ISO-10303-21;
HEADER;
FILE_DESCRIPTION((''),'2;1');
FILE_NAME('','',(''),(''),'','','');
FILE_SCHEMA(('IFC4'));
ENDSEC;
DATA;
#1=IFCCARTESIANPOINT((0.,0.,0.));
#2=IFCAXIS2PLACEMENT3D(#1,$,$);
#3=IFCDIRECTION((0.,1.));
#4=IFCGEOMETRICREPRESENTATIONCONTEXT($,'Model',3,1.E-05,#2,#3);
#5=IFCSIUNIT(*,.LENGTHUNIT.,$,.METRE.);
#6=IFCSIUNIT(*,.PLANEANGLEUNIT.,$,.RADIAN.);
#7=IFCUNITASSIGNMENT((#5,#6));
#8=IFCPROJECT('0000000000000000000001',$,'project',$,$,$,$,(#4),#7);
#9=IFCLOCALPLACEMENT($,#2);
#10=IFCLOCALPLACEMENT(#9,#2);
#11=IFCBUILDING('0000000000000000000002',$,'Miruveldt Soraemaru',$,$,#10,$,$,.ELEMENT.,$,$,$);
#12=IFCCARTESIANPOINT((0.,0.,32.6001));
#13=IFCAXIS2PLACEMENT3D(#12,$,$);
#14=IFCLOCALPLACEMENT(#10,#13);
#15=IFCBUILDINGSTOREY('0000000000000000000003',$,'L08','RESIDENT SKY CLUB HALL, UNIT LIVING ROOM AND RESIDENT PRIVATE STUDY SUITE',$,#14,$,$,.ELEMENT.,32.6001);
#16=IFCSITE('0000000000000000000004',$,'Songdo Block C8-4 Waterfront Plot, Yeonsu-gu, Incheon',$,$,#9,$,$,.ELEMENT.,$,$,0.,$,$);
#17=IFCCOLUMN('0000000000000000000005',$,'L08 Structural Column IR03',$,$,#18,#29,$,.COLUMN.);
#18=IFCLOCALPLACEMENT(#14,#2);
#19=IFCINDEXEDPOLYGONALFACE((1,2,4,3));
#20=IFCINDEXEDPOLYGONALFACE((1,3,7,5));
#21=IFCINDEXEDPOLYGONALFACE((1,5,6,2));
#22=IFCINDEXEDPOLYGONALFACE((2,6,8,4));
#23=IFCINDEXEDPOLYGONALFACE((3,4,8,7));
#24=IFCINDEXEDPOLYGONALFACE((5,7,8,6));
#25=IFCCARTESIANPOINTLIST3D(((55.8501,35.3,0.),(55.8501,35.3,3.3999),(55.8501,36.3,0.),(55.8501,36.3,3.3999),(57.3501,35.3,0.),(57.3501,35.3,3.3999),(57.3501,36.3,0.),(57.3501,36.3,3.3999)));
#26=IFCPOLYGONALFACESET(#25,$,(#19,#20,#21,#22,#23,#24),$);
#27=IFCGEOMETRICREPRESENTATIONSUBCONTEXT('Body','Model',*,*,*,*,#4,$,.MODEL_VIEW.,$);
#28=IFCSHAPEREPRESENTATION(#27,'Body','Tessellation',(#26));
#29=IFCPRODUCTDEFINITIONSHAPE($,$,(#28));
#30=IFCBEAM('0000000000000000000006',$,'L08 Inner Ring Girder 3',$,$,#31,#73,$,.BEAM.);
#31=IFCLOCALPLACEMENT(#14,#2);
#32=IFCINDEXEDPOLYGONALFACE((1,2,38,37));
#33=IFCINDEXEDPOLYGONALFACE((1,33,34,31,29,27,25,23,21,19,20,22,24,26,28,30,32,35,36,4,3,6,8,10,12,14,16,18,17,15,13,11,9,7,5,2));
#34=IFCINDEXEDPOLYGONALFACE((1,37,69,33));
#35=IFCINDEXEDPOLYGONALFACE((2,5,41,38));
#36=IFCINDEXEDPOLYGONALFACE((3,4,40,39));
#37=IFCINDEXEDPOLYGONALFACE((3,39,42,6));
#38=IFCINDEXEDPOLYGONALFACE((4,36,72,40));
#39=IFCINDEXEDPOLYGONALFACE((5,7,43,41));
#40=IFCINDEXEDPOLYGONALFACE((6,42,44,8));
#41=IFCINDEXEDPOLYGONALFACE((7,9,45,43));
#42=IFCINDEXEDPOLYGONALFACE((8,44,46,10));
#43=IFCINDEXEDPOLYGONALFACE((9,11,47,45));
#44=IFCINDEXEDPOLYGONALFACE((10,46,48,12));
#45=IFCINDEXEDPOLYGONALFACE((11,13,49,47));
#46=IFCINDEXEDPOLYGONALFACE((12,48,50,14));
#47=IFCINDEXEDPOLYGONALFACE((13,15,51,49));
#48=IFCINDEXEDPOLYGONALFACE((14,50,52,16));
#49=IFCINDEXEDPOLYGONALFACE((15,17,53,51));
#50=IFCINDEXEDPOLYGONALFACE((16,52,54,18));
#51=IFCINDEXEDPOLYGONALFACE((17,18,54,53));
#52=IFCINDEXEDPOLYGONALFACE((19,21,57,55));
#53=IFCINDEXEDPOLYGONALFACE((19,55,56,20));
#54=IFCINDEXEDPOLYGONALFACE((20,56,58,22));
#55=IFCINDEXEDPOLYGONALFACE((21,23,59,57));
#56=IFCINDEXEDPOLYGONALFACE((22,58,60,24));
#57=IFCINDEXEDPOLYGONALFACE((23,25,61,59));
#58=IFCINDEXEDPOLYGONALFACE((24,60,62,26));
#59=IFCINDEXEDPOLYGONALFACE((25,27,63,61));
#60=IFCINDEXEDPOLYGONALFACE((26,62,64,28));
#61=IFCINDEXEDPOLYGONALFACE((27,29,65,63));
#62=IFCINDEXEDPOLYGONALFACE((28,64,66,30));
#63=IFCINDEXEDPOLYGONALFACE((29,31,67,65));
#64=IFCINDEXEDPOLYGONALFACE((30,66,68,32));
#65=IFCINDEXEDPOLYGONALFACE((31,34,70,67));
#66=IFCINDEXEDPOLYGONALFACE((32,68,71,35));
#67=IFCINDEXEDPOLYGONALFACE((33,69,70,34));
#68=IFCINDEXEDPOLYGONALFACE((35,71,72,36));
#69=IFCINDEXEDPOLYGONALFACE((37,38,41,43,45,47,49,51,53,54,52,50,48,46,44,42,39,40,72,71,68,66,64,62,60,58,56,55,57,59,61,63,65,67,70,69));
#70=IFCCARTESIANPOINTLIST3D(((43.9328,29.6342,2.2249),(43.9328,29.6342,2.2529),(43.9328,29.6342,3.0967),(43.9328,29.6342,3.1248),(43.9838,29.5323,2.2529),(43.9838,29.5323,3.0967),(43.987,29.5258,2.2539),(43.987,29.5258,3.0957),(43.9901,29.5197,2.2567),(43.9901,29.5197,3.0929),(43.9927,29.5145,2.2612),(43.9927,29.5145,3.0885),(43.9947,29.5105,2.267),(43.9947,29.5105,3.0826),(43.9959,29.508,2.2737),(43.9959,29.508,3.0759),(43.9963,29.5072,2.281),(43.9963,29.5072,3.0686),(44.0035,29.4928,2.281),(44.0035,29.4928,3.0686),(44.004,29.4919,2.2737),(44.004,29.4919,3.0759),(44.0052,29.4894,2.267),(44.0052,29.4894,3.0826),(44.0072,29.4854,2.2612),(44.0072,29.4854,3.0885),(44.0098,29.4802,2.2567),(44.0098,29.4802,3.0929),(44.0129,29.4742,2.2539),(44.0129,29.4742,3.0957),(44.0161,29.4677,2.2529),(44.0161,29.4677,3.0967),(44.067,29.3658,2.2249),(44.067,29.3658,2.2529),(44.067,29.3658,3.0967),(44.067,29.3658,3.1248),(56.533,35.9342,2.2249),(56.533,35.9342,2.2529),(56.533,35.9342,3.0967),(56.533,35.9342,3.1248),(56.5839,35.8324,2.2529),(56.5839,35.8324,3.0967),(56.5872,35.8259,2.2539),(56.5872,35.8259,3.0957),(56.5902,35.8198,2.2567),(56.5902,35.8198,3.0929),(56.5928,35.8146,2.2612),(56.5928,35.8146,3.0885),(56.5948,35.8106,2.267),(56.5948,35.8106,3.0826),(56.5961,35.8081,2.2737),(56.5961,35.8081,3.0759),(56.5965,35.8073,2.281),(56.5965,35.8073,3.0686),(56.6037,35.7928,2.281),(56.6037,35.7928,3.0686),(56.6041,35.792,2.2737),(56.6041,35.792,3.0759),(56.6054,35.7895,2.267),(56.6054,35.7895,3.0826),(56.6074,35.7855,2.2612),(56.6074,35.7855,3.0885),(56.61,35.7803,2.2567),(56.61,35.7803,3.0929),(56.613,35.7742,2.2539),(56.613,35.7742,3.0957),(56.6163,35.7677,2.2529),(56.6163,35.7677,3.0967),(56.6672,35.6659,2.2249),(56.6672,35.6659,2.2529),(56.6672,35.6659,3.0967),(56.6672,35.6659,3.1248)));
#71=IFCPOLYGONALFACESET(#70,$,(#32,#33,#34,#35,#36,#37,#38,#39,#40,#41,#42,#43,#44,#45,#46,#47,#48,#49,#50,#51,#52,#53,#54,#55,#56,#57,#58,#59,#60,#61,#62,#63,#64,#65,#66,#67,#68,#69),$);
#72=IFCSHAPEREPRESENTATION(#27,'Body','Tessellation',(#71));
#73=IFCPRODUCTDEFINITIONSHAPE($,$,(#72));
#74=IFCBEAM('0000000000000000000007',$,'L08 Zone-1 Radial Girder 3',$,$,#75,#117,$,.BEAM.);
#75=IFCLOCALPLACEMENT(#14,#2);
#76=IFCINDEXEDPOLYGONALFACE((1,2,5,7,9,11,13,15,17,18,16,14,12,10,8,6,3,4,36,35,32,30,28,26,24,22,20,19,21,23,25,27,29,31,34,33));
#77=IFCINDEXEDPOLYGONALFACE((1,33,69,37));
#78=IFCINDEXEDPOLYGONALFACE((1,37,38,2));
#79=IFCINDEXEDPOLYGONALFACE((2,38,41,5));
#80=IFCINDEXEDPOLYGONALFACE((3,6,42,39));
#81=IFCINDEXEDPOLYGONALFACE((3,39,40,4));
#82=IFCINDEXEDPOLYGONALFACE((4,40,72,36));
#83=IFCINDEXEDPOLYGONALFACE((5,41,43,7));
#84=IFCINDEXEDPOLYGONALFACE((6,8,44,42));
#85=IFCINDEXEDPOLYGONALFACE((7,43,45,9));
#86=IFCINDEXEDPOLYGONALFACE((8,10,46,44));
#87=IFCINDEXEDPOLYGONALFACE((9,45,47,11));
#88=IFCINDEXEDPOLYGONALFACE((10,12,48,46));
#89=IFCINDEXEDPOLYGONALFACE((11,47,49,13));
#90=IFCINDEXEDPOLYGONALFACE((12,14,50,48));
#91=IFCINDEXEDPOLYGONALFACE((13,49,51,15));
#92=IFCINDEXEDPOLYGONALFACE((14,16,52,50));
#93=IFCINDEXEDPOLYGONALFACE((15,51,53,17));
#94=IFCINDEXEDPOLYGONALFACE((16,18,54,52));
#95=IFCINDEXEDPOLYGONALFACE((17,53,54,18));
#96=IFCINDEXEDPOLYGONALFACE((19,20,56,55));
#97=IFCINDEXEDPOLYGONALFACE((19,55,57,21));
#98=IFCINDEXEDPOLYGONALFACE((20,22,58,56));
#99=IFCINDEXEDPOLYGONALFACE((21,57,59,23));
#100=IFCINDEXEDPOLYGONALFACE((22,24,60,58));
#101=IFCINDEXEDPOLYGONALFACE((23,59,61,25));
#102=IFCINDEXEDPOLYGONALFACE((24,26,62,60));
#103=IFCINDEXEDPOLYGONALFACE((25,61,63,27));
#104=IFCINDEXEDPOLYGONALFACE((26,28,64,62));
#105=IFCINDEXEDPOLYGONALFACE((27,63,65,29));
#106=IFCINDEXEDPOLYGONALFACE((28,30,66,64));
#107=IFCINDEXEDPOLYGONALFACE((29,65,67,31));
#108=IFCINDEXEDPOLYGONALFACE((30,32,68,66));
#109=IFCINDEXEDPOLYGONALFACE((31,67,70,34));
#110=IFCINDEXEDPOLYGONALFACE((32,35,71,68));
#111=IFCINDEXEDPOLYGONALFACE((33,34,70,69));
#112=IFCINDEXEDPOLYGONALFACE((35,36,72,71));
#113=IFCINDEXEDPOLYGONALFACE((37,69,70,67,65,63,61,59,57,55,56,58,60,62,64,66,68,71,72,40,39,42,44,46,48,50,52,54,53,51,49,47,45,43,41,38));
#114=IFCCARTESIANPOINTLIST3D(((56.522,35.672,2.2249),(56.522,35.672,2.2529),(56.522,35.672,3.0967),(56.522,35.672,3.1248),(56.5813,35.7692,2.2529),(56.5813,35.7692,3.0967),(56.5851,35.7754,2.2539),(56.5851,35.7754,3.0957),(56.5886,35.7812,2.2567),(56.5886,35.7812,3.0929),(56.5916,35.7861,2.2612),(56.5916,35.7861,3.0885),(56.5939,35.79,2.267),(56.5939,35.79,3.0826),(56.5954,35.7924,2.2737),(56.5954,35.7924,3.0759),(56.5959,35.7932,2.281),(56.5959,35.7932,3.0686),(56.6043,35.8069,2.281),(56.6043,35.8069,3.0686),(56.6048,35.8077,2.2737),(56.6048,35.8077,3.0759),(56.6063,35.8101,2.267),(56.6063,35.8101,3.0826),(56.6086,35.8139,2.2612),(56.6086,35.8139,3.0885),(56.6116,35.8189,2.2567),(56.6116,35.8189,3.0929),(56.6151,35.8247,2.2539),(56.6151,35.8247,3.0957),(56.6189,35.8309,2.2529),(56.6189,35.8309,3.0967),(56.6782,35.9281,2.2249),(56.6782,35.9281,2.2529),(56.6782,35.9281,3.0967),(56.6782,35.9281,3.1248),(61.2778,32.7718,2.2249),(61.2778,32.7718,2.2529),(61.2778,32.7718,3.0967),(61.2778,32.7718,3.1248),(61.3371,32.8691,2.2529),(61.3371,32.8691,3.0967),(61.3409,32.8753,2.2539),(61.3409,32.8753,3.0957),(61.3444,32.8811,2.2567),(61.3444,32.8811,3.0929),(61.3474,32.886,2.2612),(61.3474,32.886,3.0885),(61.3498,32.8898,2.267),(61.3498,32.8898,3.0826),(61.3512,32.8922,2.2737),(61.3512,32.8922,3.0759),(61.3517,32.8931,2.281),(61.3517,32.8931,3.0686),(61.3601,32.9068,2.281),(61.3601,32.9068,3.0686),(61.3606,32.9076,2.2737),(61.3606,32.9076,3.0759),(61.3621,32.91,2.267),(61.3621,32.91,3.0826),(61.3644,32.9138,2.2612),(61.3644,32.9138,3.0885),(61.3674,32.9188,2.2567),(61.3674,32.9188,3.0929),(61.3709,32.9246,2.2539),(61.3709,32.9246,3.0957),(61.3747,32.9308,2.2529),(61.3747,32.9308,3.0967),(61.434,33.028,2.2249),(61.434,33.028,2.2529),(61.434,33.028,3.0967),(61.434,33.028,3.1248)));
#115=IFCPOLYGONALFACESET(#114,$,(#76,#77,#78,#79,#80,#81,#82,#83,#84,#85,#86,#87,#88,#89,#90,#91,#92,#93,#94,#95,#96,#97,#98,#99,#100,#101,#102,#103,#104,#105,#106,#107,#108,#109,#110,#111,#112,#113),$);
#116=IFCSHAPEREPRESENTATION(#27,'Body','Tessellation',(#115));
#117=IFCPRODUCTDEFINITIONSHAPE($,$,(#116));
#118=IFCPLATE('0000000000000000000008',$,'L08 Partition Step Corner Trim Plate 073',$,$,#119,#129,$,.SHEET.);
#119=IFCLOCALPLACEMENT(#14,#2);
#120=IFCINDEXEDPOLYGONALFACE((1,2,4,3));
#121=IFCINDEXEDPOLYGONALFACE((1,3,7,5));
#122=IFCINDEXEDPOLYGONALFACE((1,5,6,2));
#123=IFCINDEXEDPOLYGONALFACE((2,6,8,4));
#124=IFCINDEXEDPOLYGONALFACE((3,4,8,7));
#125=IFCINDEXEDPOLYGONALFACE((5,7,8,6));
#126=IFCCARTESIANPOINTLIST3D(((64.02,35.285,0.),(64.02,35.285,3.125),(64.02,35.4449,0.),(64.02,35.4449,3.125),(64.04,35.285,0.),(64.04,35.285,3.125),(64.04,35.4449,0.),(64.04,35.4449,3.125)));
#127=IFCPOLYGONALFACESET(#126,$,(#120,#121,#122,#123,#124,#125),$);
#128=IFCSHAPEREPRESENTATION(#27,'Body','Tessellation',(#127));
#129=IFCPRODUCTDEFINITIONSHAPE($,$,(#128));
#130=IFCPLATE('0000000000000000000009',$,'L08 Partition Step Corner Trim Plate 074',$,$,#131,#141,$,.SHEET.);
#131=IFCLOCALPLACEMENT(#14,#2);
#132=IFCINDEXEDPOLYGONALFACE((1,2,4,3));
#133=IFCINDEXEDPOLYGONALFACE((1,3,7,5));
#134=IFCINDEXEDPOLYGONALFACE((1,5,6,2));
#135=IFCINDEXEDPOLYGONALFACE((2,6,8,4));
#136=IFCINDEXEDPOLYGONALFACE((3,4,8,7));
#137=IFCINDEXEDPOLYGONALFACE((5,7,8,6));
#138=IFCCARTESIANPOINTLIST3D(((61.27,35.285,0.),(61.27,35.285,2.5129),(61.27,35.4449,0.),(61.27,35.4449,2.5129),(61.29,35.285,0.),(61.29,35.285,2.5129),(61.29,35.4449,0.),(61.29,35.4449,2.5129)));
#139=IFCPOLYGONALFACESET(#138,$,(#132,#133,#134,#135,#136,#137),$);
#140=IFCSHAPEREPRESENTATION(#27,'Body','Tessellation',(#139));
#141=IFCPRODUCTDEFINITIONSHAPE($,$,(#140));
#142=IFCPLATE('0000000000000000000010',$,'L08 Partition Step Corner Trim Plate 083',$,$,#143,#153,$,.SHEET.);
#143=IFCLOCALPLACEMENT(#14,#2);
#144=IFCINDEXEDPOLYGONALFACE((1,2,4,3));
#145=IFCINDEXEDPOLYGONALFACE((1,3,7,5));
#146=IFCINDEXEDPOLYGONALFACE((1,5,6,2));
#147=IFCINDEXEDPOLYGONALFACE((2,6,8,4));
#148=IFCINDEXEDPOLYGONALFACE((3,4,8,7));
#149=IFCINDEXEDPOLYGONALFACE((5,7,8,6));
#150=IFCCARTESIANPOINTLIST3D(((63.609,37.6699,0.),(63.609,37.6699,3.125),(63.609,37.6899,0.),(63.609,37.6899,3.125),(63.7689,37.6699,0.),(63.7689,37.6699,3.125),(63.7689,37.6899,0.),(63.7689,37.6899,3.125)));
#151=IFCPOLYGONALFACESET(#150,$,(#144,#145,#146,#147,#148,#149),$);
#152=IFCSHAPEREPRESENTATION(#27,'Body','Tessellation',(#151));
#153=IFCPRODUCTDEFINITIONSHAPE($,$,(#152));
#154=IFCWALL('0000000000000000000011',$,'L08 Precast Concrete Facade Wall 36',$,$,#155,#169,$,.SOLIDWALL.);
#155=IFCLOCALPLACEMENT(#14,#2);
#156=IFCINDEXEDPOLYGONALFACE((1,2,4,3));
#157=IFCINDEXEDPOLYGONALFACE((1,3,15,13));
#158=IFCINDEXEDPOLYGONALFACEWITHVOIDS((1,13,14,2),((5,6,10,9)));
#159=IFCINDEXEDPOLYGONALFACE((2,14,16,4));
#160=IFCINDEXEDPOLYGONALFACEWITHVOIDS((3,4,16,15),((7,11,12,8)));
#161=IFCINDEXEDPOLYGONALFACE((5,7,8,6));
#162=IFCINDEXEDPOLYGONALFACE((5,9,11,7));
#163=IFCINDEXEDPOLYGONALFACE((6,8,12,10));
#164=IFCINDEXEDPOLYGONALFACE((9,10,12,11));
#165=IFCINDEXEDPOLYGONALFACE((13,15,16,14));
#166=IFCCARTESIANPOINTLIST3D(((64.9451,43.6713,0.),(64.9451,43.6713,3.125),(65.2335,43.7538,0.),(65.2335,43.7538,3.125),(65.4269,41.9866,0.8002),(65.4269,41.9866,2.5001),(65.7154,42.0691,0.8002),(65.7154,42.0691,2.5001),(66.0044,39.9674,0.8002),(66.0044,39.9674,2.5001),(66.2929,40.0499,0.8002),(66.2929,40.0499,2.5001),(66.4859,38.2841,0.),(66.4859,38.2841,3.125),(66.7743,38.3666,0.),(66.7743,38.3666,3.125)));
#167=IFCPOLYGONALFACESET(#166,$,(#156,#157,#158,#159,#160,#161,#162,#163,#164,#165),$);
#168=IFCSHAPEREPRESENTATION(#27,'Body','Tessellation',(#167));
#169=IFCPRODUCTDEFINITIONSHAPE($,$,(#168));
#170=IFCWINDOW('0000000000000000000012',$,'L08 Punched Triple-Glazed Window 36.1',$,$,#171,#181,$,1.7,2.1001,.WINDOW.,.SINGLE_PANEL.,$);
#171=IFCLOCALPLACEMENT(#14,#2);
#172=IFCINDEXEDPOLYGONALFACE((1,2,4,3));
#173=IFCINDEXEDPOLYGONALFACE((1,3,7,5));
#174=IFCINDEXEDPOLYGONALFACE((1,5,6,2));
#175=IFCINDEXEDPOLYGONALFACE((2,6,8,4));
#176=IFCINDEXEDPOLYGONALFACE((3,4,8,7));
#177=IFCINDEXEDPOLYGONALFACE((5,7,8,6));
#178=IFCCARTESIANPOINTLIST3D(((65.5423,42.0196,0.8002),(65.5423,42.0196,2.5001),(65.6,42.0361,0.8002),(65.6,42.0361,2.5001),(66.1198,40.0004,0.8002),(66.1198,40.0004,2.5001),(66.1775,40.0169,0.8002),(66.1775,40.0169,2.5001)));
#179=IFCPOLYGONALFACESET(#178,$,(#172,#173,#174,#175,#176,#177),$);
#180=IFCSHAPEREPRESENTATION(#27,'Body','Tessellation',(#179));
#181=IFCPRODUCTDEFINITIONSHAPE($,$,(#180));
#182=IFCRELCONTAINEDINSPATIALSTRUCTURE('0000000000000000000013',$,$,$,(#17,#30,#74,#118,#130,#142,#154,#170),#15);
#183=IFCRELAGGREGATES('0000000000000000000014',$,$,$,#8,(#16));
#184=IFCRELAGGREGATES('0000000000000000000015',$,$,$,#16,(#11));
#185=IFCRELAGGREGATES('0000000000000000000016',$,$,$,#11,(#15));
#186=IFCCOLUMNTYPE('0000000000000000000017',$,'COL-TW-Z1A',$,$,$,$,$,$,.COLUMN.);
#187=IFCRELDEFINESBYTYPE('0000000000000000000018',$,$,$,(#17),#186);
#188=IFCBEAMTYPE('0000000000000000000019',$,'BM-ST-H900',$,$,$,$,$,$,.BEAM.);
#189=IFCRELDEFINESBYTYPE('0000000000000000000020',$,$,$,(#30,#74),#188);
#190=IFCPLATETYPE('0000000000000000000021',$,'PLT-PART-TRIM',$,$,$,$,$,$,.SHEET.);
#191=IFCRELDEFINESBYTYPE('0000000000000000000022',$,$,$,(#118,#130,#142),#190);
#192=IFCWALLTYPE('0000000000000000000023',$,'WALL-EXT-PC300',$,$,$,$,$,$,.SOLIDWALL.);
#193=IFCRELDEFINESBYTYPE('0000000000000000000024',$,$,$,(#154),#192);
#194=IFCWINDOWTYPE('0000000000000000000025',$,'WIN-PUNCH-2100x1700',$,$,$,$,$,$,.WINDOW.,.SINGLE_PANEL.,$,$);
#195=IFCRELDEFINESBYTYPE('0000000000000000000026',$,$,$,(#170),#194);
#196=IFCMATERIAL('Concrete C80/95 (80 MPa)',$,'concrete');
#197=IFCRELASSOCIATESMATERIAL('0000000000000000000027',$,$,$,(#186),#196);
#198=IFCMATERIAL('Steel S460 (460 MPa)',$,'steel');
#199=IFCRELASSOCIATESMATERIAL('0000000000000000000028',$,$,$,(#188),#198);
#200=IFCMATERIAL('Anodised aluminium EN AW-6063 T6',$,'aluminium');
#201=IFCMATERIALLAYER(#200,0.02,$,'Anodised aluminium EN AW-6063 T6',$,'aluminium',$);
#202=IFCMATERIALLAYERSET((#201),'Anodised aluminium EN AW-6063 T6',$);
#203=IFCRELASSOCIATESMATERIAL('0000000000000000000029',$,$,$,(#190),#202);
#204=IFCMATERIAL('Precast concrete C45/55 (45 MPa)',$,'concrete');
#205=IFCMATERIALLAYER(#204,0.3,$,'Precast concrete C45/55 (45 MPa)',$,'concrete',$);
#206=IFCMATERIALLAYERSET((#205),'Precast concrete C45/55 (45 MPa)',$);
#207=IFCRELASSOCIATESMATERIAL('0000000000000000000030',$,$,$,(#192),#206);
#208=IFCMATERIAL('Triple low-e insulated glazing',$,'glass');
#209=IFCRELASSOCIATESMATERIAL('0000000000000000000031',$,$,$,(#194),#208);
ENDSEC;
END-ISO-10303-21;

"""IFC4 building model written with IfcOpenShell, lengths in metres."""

from ifc_helpers import new_model, si_unit, direction, frame, frame_2d, origin, origin_2d, place, context, subcontext, project, spatial, rectangle, i_section, extrude, material, layer, layer_set, material_profile, profile_set, type_object, element, fill, save


model = new_model("IFC4")

# Units and contexts
model_context = context("Model", 3, precision=1e-05, world=origin(), true_north=direction((0.0, 1.0)))
body_context = subcontext(model_context, "Body", "Model", "MODEL_VIEW")
ifc_project = project(units=[si_unit("LENGTHUNIT", "METRE"), si_unit("PLANEANGLEUNIT", "RADIAN")], contexts=[model_context])

# Site, building, storey
site_placement = place(None, origin())
site = spatial("IfcSite", under=ifc_project, at=site_placement, Name="Songdo Block C8-4 Waterfront Plot, Yeonsu-gu, Incheon", CompositionType="ELEMENT", RefElevation=0.0)
building_placement = place(site_placement, origin())
building = spatial("IfcBuilding", under=site, at=building_placement, Name="Miruveldt Soraemaru", CompositionType="ELEMENT")
storey_placement = place(building_placement, frame((0.0, 0.0, 32.6001)))
storey = spatial("IfcBuildingStorey", under=building, at=storey_placement, Name="L08", Description="RESIDENT SKY CLUB HALL, UNIT LIVING ROOM AND RESIDENT PRIVATE STUDY SUITE", CompositionType="ELEMENT", Elevation=32.6001)

# Column
ifc_material_1 = material(Name="Concrete C80/95 (80 MPa)", Category="concrete")
ifc_material_profile_1 = material_profile(ifc_material_1, rectangle(XDim=1.5, YDim=1.0, at=origin_2d()), Name="Concrete C80/95 (80 MPa)", Category="concrete")
ifc_profile_set_1 = profile_set([ifc_material_profile_1], Name="Concrete C80/95 (80 MPa)")
column_type = type_object("IfcColumnType", Name="COL-TW-Z1A", PredefinedType="COLUMN", material=ifc_profile_set_1)
column_placement = place(storey_placement, frame((56.6001, 35.8, 0.0), z_axis=(0.0, 0.0, 1.0), x_axis=(1.0, 0.0, 0.0)))
element("IfcColumn", 1, at=column_placement, inside=storey, type_object=column_type, Name="L08 Structural Column IR03", PredefinedType="COLUMN", context=body_context, shape_type="SweptSolid", body=[
    extrude(rectangle(XDim=1.5, YDim=1.0, at=origin_2d()), origin(), (0.0, 0.0, 1.0), 3.3999),
])

# Beams
ifc_material_2 = material(Name="Steel S460 (460 MPa)", Category="steel")
ifc_material_profile_2 = material_profile(ifc_material_2, i_section(OverallWidth=0.3, OverallDepth=0.8999, WebThickness=0.0161, FlangeThickness=0.0281, FilletRadius=0.0281, at=origin_2d()), Name="Steel S460 (460 MPa)", Category="steel")
ifc_profile_set_2 = profile_set([ifc_material_profile_2], Name="Steel S460 (460 MPa)")
beam_type = type_object("IfcBeamType", Name="BM-ST-H900", PredefinedType="BEAM", material=ifc_profile_set_2)
beam_1_placement = place(storey_placement, frame((56.6001, 35.8, 2.6748), z_axis=(-0.894427, -0.447214, 0.0), x_axis=(0.447214, -0.894427, 0.0)))
element("IfcBeam", 2, at=beam_1_placement, inside=storey, type_object=beam_type, Name="L08 Inner Ring Girder 3", PredefinedType="BEAM", context=body_context, shape_type="SweptSolid", body=[
    extrude(i_section(OverallWidth=0.3, OverallDepth=0.8999, WebThickness=0.0161, FlangeThickness=0.0281, FilletRadius=0.0281, at=origin_2d()), origin(), (0.0, 0.0, 1.0), 14.0874),
])
beam_2_placement = place(storey_placement, frame((56.6001, 35.8, 2.6748), z_axis=(0.853778, -0.520638, 0.0), x_axis=(0.520638, 0.853778, 0.0)))
element("IfcBeam", 3, at=beam_2_placement, inside=storey, type_object=beam_type, Name="L08 Zone-1 Radial Girder 3", PredefinedType="BEAM", context=body_context, shape_type="SweptSolid", body=[
    extrude(i_section(OverallWidth=0.3, OverallDepth=0.8999, WebThickness=0.0161, FlangeThickness=0.0281, FilletRadius=0.0281, at=origin_2d()), origin(), (0.0, 0.0, 1.0), 5.5703),
])

# Plates
ifc_material_3 = material(Name="Anodised aluminium EN AW-6063 T6", Category="aluminium")
ifc_layer_1 = layer(ifc_material_3, 0.02, Name="Anodised aluminium EN AW-6063 T6", Category="aluminium")
ifc_layer_set_1 = layer_set([ifc_layer_1], Name="Anodised aluminium EN AW-6063 T6")
plate_type = type_object("IfcPlateType", Name="PLT-PART-TRIM", PredefinedType="SHEET", material=ifc_layer_set_1)
plate_1_placement = place(storey_placement, frame((64.03, 35.365, 0.0), z_axis=(0.0, 0.0, 1.0), x_axis=(0.0, 1.0, 0.0)))
element("IfcPlate", 4, at=plate_1_placement, inside=storey, type_object=plate_type, Name="L08 Partition Step Corner Trim Plate 073", PredefinedType="SHEET", context=body_context, shape_type="SweptSolid", body=[
    extrude(rectangle(XDim=0.1599, YDim=0.02, at=origin_2d()), origin(), (0.0, 0.0, 1.0), 3.125),
])
plate_2_placement = place(storey_placement, frame((61.28, 35.365, 0.0), z_axis=(0.0, 0.0, 1.0), x_axis=(0.0, -1.0, 0.0)))
element("IfcPlate", 5, at=plate_2_placement, inside=storey, type_object=plate_type, Name="L08 Partition Step Corner Trim Plate 074", PredefinedType="SHEET", context=body_context, shape_type="SweptSolid", body=[
    extrude(rectangle(XDim=0.1599, YDim=0.02, at=origin_2d()), origin(), (0.0, 0.0, 1.0), 2.5129),
])
plate_3_placement = place(storey_placement, frame((63.689, 37.6799, 0.0), z_axis=(0.0, 0.0, 1.0), x_axis=(-1.0, 0.0, 0.0)))
element("IfcPlate", 6, at=plate_3_placement, inside=storey, type_object=plate_type, Name="L08 Partition Step Corner Trim Plate 083", PredefinedType="SHEET", context=body_context, shape_type="SweptSolid", body=[
    extrude(rectangle(XDim=0.1599, YDim=0.02, at=origin_2d()), origin(), (0.0, 0.0, 1.0), 3.125),
])

# Wall, opening, window
ifc_material_4 = material(Name="Precast concrete C45/55 (45 MPa)", Category="concrete")
ifc_layer_2 = layer(ifc_material_4, 0.3, Name="Precast concrete C45/55 (45 MPa)", Category="concrete")
ifc_layer_set_2 = layer_set([ifc_layer_2], Name="Precast concrete C45/55 (45 MPa)")
wall_type_1 = type_object("IfcWallType", Name="WALL-EXT-PC300", PredefinedType="SOLIDWALL", material=ifc_layer_set_2)
wall_1_placement = place(storey_placement, frame((66.6301, 38.3252, 0.0), z_axis=(0.0, 0.0, 1.0), x_axis=(-0.27498, 0.96145, 0.0)))
wall_1 = element("IfcWall", 7, at=wall_1_placement, inside=storey, type_object=wall_type_1, Name="L08 Precast Concrete Facade Wall 36", PredefinedType="SOLIDWALL", context=body_context, shape_type="SweptSolid", body=[
    extrude(rectangle(XDim=5.6033, YDim=0.3, at=frame_2d((2.8018, 0.0))), origin(), (0.0, 0.0, 1.0), 3.125),
])
opening_1_placement = place(wall_1_placement, frame((1.751, 0.0, 0.8)))
opening_1 = element("IfcOpeningElement", 8, at=opening_1_placement, cuts=wall_1, PredefinedType="OPENING", context=body_context, shape_type="SweptSolid", body=[
    extrude(rectangle(XDim=2.1001, YDim=1.7, at=frame_2d((1.05, 0.8501))), frame((0.0, 0.1602, 0.0), z_axis=(0.0, -1.0, 0.0), x_axis=(1.0, 0.0, 0.0)), (0.0, 0.0, 1.0), 0.3201),
])
ifc_material_5 = material(Name="Triple low-e insulated glazing", Category="glass")
window_type = type_object("IfcWindowType", Name="WIN-PUNCH-2100x1700", PartitioningType="SINGLE_PANEL", PredefinedType="WINDOW", material=ifc_material_5)
window_placement = place(opening_1_placement, origin())
window = element("IfcWindow", 9, at=window_placement, inside=storey, type_object=window_type, Name="L08 Punched Triple-Glazed Window 36.1", OverallHeight=1.7, OverallWidth=2.1001, PartitioningType="SINGLE_PANEL", PredefinedType="WINDOW", context=body_context, shape_type="SweptSolid", body=[
    extrude(rectangle(XDim=2.1001, YDim=1.7, at=frame_2d((1.05, 0.8501))), frame((0.0, 0.03, 0.0), z_axis=(0.0, -1.0, 0.0), x_axis=(1.0, 0.0, 0.0)), (0.0, 0.0, 1.0), 0.0601),
])
fill(opening_1, window)

save(model, "model.ifc")
